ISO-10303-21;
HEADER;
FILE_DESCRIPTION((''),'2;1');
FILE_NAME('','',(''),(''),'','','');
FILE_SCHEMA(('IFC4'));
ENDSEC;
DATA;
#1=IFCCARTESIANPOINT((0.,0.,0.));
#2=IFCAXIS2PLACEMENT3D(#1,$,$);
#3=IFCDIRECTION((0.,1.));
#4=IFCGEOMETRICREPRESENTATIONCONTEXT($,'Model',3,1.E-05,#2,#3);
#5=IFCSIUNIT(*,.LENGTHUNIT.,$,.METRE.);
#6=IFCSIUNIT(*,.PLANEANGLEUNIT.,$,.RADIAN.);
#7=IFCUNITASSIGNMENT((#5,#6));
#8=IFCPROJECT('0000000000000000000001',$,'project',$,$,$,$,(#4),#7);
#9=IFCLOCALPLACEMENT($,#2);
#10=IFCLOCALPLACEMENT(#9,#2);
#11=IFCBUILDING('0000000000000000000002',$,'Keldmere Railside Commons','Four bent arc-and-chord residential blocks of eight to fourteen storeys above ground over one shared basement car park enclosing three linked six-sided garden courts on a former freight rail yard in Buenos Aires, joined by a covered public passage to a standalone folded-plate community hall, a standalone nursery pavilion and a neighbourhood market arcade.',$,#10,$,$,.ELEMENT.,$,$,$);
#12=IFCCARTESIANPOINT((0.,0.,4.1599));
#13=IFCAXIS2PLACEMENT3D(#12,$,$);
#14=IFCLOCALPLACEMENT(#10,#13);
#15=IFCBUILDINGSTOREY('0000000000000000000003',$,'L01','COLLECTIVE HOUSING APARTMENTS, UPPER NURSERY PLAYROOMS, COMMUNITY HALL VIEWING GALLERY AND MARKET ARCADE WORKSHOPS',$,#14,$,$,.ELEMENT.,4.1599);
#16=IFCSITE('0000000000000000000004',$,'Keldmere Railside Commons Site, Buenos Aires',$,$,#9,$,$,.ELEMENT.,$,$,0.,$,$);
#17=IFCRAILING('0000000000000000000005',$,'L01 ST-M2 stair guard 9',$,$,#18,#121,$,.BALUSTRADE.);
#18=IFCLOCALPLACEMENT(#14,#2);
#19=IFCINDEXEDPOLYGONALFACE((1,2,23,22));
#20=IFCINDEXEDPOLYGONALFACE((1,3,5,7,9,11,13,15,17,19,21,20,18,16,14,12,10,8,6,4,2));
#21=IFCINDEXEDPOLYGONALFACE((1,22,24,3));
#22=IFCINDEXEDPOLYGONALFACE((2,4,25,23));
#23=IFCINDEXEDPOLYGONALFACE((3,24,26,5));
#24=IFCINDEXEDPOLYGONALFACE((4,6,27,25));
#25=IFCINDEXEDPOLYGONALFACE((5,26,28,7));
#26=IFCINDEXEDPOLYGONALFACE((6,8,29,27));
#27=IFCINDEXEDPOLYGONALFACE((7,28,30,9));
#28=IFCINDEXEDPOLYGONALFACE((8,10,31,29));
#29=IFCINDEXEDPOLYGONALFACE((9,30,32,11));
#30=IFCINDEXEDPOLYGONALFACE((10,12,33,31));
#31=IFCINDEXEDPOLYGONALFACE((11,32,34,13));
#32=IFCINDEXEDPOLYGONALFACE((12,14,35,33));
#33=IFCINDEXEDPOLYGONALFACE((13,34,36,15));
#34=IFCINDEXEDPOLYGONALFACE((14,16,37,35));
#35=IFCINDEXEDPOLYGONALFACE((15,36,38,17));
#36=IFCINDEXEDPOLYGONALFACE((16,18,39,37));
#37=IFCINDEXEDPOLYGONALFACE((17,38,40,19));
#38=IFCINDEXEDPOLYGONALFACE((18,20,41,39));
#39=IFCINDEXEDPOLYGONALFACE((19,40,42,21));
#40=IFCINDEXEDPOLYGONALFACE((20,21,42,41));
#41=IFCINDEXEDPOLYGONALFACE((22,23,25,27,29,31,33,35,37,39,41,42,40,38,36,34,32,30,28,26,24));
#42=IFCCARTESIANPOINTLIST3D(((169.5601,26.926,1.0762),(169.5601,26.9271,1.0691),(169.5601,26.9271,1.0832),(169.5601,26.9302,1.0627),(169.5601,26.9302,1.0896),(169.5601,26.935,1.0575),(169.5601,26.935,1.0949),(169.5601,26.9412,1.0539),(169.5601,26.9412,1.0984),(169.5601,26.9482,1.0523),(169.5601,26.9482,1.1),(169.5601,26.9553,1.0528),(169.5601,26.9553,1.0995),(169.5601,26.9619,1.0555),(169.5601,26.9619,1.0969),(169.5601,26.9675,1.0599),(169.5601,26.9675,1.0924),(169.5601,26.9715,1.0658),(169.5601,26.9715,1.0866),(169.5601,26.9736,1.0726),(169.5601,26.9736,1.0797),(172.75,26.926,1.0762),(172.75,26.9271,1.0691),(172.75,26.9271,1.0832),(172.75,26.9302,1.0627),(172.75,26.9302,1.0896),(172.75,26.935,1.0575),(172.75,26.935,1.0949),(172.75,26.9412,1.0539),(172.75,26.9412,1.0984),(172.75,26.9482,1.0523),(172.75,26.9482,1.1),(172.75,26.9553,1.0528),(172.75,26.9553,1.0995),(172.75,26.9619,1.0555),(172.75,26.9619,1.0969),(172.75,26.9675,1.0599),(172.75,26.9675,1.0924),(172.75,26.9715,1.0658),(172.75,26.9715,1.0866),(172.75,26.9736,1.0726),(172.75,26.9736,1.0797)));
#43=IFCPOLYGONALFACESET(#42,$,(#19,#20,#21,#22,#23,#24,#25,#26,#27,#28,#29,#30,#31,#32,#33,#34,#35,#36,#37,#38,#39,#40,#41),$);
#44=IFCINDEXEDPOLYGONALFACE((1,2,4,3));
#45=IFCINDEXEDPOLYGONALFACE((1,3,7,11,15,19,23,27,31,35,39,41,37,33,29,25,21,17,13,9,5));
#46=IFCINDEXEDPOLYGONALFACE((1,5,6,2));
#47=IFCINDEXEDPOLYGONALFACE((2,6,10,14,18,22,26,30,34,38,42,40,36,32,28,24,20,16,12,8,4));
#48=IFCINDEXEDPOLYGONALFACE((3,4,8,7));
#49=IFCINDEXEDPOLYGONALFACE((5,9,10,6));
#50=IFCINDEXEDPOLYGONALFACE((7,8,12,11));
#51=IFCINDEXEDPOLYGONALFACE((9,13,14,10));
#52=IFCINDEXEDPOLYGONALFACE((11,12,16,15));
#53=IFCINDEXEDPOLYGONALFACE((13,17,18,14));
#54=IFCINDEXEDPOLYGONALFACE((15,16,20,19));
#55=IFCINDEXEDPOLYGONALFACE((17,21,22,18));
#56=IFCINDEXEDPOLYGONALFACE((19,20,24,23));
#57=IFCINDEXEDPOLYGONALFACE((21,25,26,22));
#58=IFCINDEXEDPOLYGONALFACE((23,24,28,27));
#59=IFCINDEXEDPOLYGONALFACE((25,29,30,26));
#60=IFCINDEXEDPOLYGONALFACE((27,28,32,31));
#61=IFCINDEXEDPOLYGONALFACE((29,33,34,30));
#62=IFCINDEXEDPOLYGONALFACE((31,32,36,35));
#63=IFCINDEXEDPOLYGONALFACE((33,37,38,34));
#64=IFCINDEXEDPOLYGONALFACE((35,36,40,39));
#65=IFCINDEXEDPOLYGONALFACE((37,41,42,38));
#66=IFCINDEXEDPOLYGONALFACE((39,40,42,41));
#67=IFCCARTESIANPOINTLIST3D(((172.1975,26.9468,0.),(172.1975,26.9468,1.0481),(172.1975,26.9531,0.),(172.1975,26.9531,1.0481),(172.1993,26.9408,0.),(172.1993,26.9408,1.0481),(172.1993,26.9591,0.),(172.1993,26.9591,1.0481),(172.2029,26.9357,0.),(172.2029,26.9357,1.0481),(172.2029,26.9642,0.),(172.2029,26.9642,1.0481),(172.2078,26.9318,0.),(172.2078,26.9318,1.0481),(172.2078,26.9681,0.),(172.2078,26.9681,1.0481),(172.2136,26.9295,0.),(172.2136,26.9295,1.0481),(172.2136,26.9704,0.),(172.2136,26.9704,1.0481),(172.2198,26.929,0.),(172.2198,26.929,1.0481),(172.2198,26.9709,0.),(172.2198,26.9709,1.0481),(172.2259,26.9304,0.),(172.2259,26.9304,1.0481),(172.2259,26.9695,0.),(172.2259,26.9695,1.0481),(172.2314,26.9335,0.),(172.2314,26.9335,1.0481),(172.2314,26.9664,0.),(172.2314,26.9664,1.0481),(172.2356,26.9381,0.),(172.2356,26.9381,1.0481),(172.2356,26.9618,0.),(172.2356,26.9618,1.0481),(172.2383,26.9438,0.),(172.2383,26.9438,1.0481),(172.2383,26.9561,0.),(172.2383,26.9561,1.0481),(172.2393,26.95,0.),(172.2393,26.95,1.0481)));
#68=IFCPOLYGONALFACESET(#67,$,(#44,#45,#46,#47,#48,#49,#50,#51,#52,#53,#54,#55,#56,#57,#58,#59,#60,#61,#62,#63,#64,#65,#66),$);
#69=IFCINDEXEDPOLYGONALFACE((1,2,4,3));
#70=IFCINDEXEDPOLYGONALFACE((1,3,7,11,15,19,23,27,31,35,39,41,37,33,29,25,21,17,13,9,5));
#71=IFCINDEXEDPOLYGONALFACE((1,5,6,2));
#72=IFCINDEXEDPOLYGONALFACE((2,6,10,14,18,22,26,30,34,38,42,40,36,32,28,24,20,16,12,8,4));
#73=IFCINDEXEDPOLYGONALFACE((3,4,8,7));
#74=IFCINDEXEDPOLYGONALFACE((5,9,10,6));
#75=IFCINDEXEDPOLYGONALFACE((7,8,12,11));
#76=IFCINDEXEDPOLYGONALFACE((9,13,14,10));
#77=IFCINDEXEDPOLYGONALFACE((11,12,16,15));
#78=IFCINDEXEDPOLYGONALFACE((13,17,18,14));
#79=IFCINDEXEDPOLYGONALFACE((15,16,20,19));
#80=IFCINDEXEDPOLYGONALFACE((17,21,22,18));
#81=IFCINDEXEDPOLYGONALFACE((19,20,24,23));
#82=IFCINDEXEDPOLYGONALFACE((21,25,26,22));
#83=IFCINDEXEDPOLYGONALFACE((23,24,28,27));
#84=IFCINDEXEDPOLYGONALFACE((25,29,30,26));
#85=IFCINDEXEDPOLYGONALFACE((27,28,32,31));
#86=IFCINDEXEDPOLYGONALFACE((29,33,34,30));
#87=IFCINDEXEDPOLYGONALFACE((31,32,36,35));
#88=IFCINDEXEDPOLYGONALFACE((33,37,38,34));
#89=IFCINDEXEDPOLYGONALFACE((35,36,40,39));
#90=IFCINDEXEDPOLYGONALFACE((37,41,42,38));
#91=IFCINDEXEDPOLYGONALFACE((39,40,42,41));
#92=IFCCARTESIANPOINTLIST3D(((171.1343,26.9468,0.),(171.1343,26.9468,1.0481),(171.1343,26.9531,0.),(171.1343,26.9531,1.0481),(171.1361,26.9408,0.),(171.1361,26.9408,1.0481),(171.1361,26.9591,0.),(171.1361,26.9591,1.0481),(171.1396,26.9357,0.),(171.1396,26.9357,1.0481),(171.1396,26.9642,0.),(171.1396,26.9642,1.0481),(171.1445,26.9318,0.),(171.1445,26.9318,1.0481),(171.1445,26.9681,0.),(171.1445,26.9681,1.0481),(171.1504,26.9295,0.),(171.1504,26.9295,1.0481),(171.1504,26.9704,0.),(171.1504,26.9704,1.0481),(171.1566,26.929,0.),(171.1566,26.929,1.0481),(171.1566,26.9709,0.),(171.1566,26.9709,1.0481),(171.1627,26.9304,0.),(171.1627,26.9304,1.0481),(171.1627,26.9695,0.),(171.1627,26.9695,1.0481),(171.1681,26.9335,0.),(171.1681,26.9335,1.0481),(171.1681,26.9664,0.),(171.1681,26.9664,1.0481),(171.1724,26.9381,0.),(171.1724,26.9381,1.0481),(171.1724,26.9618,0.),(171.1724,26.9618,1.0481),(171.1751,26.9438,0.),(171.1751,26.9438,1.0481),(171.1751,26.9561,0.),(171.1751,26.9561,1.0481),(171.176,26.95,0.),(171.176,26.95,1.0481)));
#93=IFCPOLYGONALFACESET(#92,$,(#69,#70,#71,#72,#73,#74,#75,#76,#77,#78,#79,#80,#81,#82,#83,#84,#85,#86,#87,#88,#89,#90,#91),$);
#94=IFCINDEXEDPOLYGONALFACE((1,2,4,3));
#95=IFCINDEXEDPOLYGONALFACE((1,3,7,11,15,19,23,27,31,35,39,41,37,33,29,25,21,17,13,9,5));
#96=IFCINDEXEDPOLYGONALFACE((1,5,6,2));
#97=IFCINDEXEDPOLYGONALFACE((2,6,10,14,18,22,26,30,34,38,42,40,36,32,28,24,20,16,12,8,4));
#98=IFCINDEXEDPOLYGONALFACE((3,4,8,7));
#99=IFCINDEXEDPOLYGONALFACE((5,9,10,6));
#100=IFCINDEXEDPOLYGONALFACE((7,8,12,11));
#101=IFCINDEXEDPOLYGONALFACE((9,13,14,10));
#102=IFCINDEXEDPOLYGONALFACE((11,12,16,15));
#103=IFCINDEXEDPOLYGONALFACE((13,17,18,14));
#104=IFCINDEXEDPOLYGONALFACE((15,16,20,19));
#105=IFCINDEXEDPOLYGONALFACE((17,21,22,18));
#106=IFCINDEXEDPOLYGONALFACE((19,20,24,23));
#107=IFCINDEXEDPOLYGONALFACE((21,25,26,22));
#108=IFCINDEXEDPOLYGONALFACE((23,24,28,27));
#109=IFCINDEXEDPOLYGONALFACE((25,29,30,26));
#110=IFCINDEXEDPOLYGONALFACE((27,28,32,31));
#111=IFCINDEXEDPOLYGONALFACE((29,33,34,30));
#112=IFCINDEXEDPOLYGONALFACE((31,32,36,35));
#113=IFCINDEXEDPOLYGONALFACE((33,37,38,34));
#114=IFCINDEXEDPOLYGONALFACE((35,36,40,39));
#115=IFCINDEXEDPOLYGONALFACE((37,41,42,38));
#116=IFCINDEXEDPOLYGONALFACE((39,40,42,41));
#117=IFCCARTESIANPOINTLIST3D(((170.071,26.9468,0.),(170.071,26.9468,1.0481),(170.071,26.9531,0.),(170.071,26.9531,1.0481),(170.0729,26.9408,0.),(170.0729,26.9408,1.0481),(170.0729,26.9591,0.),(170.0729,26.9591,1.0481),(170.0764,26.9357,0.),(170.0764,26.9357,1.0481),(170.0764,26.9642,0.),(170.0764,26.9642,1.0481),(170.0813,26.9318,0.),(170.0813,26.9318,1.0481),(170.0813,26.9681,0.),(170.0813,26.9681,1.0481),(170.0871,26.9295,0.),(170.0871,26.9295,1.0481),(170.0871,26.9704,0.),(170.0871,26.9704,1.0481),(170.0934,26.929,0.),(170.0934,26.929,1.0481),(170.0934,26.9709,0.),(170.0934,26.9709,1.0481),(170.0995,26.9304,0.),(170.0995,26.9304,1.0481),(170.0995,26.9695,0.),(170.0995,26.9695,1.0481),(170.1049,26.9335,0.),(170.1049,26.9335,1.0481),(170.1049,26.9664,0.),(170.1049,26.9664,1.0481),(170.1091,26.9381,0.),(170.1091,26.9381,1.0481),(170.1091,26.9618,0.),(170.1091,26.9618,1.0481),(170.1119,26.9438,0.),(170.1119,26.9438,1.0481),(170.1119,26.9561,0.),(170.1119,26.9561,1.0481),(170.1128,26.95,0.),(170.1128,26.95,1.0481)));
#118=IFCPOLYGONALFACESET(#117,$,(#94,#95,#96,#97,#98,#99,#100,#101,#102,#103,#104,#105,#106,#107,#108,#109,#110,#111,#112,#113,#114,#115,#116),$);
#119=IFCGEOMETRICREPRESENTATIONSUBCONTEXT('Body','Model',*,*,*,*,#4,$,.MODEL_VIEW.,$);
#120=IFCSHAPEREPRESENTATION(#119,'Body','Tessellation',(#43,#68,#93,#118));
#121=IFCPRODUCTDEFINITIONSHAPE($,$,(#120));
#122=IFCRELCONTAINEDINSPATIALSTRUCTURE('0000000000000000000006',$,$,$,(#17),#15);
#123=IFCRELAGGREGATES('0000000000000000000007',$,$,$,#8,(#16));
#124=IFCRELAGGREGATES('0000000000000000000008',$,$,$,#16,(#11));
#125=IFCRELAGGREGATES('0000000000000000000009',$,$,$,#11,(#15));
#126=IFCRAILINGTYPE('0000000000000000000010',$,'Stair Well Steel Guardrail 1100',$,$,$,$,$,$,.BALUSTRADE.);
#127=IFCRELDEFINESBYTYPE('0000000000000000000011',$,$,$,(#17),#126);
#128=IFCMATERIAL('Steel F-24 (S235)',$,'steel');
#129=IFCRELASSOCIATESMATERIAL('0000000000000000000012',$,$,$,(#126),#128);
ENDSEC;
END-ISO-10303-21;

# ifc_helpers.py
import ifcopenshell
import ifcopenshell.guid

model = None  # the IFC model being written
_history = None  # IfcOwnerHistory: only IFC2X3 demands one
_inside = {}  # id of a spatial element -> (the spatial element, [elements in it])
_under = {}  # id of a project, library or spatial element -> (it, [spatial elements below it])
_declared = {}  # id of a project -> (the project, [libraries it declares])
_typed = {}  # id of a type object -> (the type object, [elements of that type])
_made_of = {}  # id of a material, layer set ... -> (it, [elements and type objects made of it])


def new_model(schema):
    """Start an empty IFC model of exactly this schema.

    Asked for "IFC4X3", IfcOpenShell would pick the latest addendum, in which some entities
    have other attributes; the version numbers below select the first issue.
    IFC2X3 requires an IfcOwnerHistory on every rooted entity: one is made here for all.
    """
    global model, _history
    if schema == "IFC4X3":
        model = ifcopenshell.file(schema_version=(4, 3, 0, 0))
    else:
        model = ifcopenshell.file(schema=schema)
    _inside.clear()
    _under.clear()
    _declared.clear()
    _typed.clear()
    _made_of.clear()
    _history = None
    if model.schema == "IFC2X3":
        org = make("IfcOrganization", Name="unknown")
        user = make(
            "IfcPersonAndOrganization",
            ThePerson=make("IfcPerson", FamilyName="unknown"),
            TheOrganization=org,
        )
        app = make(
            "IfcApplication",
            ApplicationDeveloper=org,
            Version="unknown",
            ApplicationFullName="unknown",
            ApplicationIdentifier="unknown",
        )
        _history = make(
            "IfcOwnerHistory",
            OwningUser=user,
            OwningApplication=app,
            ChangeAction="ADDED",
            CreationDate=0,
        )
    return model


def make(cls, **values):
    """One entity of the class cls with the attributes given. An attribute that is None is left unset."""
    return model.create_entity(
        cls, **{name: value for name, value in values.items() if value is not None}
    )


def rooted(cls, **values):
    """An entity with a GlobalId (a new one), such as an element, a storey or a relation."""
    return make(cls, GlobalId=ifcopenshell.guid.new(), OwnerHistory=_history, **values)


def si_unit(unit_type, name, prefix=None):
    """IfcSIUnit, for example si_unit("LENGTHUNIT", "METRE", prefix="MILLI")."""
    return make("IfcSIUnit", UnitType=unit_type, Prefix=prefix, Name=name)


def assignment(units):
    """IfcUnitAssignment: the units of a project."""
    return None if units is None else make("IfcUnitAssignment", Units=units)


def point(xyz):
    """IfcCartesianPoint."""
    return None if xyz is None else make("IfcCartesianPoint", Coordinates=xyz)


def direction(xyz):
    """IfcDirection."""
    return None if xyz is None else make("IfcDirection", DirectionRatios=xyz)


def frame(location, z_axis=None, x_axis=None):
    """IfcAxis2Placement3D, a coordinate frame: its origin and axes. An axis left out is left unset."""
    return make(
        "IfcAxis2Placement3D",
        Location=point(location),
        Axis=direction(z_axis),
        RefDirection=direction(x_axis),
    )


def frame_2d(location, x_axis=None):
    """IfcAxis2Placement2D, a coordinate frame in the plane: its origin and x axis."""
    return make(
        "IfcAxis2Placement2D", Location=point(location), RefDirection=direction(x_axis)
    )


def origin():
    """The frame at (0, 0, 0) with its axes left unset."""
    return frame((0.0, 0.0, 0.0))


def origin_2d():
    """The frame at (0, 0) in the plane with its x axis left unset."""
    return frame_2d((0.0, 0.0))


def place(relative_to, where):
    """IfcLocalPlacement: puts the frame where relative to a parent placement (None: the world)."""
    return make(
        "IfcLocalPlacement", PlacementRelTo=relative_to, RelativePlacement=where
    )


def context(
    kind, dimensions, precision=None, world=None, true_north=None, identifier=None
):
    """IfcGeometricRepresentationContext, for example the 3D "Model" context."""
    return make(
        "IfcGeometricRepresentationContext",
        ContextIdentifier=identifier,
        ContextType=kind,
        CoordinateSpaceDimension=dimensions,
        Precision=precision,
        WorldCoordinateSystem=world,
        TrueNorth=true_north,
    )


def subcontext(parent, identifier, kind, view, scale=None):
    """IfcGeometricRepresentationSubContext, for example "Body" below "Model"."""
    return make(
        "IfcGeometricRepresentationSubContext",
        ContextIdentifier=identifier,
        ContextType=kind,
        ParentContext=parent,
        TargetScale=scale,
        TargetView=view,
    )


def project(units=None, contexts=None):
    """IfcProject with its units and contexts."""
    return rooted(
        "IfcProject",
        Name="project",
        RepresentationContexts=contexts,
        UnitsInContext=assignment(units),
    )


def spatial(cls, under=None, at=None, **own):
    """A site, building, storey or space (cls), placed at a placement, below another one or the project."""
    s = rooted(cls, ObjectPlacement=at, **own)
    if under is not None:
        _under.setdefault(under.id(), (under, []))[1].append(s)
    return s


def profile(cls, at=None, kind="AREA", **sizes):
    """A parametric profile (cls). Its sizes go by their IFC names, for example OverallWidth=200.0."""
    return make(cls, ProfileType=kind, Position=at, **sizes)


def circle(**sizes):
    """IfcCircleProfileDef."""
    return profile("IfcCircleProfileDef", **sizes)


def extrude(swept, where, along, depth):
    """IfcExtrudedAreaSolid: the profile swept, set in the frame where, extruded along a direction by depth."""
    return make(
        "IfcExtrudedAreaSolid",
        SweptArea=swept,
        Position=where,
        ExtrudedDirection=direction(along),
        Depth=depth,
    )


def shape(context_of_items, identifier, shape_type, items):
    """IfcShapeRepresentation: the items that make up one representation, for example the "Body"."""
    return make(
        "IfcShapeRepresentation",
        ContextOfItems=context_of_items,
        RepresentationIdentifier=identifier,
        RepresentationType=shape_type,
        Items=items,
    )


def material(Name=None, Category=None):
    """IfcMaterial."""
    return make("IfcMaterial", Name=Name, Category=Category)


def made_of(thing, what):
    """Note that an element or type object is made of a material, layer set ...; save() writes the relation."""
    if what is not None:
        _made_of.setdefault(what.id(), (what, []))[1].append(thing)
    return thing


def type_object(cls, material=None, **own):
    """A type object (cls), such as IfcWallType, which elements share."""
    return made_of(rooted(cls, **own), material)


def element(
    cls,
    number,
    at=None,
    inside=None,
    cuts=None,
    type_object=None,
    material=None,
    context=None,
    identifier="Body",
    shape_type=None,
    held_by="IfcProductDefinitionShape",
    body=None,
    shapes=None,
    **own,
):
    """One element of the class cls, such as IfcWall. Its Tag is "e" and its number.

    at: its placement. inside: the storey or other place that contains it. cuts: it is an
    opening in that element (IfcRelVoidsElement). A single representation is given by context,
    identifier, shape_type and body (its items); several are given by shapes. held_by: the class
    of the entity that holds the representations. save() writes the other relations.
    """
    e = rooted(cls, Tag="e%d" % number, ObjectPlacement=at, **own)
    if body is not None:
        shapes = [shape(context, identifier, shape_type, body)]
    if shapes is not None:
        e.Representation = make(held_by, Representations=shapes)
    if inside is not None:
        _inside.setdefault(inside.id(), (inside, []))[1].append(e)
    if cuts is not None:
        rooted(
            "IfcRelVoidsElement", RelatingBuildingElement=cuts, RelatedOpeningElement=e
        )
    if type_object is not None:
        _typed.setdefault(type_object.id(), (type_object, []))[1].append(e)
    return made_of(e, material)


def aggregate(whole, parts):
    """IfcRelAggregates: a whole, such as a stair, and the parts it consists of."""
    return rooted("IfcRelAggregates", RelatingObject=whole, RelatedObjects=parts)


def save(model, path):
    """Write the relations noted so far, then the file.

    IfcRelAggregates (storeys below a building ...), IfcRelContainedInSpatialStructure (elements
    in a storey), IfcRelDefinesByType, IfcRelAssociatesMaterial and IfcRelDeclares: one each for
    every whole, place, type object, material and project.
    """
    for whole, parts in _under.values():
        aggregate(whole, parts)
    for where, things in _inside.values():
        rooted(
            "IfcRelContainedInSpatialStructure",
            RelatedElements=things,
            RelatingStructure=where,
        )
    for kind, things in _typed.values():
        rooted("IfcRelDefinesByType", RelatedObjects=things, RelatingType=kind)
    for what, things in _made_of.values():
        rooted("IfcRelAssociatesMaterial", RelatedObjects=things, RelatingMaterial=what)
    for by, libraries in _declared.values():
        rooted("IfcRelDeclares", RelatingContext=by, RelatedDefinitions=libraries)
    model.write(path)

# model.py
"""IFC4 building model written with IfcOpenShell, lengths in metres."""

from ifc_helpers import new_model, si_unit, direction, frame, origin, origin_2d, place, context, subcontext, project, spatial, circle, extrude, material, type_object, element, save


model = new_model("IFC4")

# Units and contexts
model_context = context("Model", 3, precision=1e-05, world=origin(), true_north=direction((0.0, 1.0)))
body_context = subcontext(model_context, "Body", "Model", "MODEL_VIEW")
ifc_project = project(units=[si_unit("LENGTHUNIT", "METRE"), si_unit("PLANEANGLEUNIT", "RADIAN")], contexts=[model_context])

# Site, building, storey
site_placement = place(None, origin())
site = spatial("IfcSite", under=ifc_project, at=site_placement, Name="Keldmere Railside Commons Site, Buenos Aires", CompositionType="ELEMENT", RefElevation=0.0)
building_placement = place(site_placement, origin())
building = spatial("IfcBuilding", under=site, at=building_placement, Name="Keldmere Railside Commons", Description="Four bent arc-and-chord residential blocks of eight to fourteen storeys above ground over one shared basement car park enclosing three linked six-sided garden courts on a former freight rail yard in Buenos Aires, joined by a covered public passage to a standalone folded-plate community hall, a standalone nursery pavilion and a neighbourhood market arcade.", CompositionType="ELEMENT")
storey_placement = place(building_placement, frame((0.0, 0.0, 4.1599)))
storey = spatial("IfcBuildingStorey", under=building, at=storey_placement, Name="L01", Description="COLLECTIVE HOUSING APARTMENTS, UPPER NURSERY PLAYROOMS, COMMUNITY HALL VIEWING GALLERY AND MARKET ARCADE WORKSHOPS", CompositionType="ELEMENT", Elevation=4.1599)

# Shared definitions
ifc_material_1 = material(Name="Steel F-24 (S235)", Category="steel")

# Railing
railing_type_1 = type_object("IfcRailingType", Name="Stair Well Steel Guardrail 1100", PredefinedType="BALUSTRADE", material=ifc_material_1)
railing_1_placement = place(storey_placement, frame((172.75, 26.95, 0.0)))
element("IfcRailing", 1, at=railing_1_placement, inside=storey, type_object=railing_type_1, Name="L01 ST-M2 stair guard 9", PredefinedType="BALUSTRADE", context=body_context, shape_type="SweptSolid", body=[
    extrude(circle(Radius=0.0239, at=origin_2d()), frame((0.0, 0.0, 1.0762), z_axis=(-1.0, 0.0, 0.0), x_axis=(0.0, -1.0, 0.0)), (0.0, 0.0, 1.0), 3.1899),
    extrude(circle(Radius=0.021, at=origin_2d()), frame((-0.5317, 0.0, 0.0)), (0.0, 0.0, 1.0), 1.0481),
    extrude(circle(Radius=0.021, at=origin_2d()), frame((-1.595, 0.0, 0.0)), (0.0, 0.0, 1.0), 1.0481),
    extrude(circle(Radius=0.021, at=origin_2d()), frame((-2.6582, 0.0, 0.0)), (0.0, 0.0, 1.0), 1.0481),
])

save(model, "model.ifc")
